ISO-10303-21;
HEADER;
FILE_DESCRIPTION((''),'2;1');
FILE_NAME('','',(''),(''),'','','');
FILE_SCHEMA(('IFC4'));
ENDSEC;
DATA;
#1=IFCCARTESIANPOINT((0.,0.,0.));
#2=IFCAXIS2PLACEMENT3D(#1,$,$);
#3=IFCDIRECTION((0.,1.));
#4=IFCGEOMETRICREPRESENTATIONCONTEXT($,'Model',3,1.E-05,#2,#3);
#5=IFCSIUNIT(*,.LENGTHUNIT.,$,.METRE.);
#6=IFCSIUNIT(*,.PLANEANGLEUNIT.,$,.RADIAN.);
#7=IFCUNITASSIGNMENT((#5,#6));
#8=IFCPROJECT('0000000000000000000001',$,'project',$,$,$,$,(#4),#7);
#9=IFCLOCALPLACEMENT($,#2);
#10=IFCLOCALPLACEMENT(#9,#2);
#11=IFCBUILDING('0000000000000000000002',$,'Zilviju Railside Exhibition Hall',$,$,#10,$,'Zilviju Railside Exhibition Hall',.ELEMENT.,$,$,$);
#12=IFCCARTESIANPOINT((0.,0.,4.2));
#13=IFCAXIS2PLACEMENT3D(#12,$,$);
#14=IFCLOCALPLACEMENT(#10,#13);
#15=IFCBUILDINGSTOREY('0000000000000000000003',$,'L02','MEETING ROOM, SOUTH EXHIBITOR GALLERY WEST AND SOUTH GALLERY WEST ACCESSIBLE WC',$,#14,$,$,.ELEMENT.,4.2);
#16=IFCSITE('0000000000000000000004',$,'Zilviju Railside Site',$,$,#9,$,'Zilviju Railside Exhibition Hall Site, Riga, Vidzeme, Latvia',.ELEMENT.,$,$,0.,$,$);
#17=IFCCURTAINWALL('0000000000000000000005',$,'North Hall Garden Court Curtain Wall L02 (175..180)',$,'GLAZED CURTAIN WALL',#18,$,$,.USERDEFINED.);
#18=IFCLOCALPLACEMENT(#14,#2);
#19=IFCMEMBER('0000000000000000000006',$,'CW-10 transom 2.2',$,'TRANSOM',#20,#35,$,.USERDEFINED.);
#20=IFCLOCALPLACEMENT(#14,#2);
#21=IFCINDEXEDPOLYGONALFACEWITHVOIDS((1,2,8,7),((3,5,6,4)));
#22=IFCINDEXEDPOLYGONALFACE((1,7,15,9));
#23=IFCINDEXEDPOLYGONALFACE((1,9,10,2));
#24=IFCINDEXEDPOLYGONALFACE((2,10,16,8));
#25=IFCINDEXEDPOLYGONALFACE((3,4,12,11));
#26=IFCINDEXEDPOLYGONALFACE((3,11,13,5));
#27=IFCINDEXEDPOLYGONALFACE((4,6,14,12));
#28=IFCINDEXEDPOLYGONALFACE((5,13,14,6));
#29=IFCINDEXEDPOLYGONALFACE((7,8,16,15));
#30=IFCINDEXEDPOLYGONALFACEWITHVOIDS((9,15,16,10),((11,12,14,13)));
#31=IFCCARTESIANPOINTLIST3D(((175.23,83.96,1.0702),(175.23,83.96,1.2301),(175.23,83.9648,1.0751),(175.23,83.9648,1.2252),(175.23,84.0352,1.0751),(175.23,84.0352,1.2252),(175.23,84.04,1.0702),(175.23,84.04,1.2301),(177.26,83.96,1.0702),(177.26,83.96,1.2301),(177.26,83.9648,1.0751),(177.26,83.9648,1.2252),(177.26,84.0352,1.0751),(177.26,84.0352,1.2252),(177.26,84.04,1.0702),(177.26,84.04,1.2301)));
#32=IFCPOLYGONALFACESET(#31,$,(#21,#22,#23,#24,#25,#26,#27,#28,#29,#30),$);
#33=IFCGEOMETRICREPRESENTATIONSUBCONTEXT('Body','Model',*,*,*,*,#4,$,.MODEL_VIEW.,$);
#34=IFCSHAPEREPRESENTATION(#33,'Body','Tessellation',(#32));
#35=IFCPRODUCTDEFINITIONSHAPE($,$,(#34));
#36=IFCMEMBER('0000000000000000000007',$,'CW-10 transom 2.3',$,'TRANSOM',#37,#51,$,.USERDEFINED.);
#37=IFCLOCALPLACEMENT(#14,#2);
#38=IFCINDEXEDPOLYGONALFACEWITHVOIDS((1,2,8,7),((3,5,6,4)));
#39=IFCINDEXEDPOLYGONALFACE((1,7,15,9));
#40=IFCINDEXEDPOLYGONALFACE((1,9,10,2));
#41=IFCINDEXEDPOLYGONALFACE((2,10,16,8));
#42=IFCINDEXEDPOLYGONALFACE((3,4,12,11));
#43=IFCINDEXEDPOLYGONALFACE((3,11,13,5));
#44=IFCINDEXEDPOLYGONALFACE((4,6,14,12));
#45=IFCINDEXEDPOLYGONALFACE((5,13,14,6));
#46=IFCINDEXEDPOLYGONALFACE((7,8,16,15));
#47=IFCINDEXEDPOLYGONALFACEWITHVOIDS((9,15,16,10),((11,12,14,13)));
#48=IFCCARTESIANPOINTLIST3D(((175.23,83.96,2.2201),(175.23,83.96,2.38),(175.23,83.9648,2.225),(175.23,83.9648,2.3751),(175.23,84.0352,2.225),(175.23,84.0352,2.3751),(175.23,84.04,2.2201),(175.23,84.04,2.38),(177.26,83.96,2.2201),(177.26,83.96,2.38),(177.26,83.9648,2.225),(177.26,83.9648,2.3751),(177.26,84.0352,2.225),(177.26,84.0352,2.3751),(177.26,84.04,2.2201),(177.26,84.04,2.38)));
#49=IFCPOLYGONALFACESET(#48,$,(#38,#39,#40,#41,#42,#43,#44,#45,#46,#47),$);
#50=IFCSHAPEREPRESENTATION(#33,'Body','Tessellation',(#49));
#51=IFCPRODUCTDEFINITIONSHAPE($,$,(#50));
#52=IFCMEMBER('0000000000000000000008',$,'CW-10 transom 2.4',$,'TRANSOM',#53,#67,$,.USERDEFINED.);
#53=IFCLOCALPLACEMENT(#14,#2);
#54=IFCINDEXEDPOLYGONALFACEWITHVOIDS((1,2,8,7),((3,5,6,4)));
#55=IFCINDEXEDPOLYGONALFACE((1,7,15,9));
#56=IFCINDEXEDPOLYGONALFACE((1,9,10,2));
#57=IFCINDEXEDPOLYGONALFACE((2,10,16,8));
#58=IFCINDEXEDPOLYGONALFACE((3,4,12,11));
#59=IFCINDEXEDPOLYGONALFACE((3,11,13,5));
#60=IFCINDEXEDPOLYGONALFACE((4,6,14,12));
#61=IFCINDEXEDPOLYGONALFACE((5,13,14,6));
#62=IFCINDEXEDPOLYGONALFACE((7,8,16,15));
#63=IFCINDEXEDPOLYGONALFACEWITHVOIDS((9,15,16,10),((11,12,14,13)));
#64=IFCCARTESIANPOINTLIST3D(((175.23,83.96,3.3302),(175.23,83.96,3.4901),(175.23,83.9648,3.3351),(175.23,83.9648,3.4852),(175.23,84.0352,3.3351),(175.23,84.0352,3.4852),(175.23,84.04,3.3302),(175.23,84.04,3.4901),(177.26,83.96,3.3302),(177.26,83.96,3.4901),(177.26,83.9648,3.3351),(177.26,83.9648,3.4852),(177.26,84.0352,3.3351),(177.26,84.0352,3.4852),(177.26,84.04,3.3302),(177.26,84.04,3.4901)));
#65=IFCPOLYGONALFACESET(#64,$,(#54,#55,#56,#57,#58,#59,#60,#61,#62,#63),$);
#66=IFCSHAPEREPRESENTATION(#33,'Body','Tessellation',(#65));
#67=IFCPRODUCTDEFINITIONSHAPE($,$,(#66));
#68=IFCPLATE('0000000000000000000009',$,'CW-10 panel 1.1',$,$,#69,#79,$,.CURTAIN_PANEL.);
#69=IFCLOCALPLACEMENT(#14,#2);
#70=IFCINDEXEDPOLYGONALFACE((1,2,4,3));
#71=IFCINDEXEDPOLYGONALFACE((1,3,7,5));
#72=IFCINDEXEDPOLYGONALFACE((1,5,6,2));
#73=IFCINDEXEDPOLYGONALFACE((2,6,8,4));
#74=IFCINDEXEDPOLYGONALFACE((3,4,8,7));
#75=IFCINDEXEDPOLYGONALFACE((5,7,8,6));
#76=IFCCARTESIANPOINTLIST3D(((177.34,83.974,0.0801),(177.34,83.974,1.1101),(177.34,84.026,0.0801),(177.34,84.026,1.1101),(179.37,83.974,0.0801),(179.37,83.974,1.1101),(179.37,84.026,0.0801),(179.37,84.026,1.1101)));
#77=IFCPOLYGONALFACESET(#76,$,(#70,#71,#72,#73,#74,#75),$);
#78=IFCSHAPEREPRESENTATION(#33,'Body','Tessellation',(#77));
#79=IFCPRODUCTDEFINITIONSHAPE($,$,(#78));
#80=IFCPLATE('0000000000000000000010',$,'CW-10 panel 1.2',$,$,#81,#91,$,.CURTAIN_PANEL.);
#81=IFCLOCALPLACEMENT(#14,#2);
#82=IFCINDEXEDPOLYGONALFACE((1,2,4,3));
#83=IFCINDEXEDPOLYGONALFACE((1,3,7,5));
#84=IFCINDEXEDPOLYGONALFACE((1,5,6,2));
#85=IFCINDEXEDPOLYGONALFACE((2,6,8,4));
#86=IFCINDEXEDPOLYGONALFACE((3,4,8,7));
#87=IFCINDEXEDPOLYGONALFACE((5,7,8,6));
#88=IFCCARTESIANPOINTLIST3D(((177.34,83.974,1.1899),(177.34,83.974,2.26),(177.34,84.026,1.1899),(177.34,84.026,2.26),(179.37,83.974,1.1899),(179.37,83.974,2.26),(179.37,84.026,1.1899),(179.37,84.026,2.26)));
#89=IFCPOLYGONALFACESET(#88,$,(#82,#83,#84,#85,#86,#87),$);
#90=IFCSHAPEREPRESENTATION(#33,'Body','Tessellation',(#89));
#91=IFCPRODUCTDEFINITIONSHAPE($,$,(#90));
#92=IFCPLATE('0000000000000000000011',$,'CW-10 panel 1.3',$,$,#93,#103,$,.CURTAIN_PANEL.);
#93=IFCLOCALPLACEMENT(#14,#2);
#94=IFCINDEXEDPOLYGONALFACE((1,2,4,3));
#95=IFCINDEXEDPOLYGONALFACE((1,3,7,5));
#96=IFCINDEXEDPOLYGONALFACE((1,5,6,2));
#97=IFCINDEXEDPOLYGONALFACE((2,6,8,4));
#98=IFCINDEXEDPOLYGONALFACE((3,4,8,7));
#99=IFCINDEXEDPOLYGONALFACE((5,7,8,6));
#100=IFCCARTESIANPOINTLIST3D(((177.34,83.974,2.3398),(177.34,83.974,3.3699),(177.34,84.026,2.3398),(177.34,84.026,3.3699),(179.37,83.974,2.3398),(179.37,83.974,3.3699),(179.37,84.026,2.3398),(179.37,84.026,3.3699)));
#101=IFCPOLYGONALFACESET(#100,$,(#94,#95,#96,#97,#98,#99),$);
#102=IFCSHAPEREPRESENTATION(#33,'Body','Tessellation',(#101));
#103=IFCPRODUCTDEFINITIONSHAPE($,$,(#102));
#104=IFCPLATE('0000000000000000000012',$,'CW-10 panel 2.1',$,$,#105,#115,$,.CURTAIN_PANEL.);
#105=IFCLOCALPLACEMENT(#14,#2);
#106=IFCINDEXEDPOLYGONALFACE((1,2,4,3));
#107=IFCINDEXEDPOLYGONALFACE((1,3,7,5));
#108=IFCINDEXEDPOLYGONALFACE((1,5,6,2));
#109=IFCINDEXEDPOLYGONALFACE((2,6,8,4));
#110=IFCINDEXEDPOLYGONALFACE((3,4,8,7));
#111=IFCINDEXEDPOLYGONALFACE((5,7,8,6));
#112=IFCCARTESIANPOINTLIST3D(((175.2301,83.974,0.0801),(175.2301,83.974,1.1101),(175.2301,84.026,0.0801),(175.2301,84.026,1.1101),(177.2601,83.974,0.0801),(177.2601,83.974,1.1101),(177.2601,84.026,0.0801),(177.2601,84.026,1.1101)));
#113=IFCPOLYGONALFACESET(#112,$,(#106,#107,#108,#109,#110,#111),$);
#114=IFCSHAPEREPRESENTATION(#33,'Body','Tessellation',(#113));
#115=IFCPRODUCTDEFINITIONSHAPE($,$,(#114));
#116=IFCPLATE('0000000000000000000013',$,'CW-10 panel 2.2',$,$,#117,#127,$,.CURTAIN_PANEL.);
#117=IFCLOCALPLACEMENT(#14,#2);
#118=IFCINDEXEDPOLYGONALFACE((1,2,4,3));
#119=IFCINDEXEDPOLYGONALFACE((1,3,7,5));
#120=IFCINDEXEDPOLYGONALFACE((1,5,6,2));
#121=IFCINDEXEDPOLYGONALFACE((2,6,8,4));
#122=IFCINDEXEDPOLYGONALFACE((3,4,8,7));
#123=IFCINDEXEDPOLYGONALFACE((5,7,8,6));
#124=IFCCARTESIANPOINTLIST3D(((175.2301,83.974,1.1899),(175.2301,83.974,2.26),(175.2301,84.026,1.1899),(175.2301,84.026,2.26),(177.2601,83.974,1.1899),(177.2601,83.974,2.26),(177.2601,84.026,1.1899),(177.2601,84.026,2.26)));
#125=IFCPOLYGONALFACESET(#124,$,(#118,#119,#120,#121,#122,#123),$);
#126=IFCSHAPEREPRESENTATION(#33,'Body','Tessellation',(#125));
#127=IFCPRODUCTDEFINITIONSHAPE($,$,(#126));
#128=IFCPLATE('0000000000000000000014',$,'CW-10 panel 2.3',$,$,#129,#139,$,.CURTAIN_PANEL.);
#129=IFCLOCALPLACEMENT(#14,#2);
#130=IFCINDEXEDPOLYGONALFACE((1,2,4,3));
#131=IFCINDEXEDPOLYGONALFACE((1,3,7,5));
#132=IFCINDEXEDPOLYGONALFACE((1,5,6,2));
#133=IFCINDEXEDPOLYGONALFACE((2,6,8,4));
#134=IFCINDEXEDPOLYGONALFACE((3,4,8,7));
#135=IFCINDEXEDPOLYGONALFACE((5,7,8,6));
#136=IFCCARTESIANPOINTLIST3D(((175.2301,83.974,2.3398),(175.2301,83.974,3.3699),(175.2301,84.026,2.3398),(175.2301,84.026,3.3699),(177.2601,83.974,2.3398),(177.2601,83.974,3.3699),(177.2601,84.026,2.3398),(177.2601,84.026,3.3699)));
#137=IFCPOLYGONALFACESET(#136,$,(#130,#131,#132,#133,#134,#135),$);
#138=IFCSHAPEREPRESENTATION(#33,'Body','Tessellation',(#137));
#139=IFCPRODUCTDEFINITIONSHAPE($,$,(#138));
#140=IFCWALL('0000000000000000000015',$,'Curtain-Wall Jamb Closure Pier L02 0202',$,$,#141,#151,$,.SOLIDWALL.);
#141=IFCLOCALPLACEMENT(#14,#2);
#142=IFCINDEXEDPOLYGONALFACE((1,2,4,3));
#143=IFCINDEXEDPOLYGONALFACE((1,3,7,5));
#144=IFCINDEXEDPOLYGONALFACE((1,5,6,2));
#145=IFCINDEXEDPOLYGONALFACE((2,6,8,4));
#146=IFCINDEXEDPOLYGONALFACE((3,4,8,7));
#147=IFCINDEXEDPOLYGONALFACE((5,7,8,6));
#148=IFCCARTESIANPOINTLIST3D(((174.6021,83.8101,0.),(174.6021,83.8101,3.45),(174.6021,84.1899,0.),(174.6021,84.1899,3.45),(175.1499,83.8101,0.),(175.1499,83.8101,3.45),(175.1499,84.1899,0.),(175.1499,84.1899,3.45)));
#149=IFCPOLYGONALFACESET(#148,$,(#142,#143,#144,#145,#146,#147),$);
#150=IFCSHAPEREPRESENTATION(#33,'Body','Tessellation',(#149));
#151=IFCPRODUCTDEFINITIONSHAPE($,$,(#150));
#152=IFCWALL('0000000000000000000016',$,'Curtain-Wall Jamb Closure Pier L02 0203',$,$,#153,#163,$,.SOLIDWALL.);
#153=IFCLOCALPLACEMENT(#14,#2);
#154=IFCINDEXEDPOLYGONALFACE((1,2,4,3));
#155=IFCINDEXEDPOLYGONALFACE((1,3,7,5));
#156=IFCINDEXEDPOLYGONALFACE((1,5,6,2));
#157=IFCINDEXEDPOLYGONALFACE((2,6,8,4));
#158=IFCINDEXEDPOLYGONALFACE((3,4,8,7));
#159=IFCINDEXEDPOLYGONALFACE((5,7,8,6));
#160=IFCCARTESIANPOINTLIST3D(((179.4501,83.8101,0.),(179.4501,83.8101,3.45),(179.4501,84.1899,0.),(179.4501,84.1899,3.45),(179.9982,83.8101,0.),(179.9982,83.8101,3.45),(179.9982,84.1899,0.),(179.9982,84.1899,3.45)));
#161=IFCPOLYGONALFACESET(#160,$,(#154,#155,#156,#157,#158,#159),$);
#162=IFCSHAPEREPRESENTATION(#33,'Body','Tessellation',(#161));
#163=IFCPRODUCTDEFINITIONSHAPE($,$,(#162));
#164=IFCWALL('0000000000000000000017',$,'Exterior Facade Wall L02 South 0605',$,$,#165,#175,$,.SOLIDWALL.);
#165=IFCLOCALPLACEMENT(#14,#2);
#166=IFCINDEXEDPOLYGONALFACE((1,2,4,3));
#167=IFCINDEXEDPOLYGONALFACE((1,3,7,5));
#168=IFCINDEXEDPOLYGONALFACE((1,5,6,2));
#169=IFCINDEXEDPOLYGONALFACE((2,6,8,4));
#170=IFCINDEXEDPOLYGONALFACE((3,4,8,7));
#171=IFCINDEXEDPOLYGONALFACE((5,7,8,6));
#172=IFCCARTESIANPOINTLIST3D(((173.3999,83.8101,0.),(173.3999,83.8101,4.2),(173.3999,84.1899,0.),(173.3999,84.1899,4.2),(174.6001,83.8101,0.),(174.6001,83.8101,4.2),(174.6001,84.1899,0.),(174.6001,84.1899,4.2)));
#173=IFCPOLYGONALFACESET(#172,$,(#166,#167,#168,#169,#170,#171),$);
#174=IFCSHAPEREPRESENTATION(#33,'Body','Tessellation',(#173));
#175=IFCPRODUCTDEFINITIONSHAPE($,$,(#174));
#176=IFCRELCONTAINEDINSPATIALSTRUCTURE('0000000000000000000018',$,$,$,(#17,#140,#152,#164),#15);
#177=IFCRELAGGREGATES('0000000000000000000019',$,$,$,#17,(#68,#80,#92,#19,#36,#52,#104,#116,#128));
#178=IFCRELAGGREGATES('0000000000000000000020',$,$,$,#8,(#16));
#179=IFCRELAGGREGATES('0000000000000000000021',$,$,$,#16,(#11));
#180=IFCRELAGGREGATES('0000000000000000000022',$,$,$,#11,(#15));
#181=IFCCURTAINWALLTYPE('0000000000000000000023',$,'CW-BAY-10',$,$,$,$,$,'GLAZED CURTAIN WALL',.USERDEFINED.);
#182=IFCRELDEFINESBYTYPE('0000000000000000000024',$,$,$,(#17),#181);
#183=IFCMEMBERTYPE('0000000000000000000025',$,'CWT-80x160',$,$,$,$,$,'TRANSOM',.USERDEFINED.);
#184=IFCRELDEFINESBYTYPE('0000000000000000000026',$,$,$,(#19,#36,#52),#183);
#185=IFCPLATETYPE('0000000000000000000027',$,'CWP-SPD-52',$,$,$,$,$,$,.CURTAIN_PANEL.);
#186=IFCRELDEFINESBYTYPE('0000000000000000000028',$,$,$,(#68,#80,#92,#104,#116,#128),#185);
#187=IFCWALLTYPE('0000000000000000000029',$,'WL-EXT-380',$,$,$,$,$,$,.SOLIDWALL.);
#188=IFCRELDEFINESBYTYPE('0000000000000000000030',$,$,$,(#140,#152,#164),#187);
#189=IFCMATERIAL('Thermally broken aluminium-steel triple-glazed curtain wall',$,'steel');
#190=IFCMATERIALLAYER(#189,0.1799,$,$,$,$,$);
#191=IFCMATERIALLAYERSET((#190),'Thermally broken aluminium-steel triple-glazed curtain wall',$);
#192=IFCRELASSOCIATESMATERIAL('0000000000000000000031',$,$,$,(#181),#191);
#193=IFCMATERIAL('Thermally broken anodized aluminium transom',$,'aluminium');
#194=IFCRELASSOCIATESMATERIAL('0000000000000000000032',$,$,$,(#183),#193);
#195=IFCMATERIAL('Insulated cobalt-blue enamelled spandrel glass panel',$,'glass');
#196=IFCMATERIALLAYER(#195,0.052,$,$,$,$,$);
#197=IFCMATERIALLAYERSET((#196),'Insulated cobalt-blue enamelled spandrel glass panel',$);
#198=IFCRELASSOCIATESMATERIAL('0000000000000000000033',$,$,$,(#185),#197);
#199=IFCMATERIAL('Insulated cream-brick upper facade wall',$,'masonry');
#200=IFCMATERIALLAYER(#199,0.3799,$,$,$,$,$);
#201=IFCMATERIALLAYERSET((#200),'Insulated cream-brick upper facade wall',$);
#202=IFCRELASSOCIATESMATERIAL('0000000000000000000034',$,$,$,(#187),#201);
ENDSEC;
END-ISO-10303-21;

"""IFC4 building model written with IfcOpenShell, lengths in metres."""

from ifc_helpers import new_model, si_unit, direction, frame, frame_2d, origin, origin_2d, place, context, subcontext, project, spatial, rectangle, hollow_rectangle, extrude, material, layer, layer_set, material_profile, profile_set, type_object, element, aggregate, save


model = new_model("IFC4")

# Units and contexts
model_context = context("Model", 3, precision=1e-05, world=origin(), true_north=direction((0.0, 1.0)))
body_context = subcontext(model_context, "Body", "Model", "MODEL_VIEW")
ifc_project = project(units=[si_unit("LENGTHUNIT", "METRE"), si_unit("PLANEANGLEUNIT", "RADIAN")], contexts=[model_context])

# Site, building, storey
site_placement = place(None, origin())
site = spatial("IfcSite", under=ifc_project, at=site_placement, Name="Zilviju Railside Site", LongName="Zilviju Railside Exhibition Hall Site, Riga, Vidzeme, Latvia", CompositionType="ELEMENT", RefElevation=0.0)
building_placement = place(site_placement, origin())
building = spatial("IfcBuilding", under=site, at=building_placement, Name="Zilviju Railside Exhibition Hall", LongName="Zilviju Railside Exhibition Hall", CompositionType="ELEMENT")
storey_placement = place(building_placement, frame((0.0, 0.0, 4.2)))
storey = spatial("IfcBuildingStorey", under=building, at=storey_placement, Name="L02", Description="MEETING ROOM, SOUTH EXHIBITOR GALLERY WEST AND SOUTH GALLERY WEST ACCESSIBLE WC", CompositionType="ELEMENT", Elevation=4.2)

# Curtain wall, members, plates
ifc_material_1 = material(Name="Thermally broken aluminium-steel triple-glazed curtain wall", Category="steel")
ifc_layer_1 = layer(ifc_material_1, 0.1799)
ifc_layer_set_1 = layer_set([ifc_layer_1], Name="Thermally broken aluminium-steel triple-glazed curtain wall")
curtain_wall_type = type_object("IfcCurtainWallType", Name="CW-BAY-10", ElementType="GLAZED CURTAIN WALL", PredefinedType="USERDEFINED", material=ifc_layer_set_1)
curtain_wall_placement = place(storey_placement, origin())
curtain_wall = element("IfcCurtainWall", 1, at=curtain_wall_placement, inside=storey, type_object=curtain_wall_type, Name="North Hall Garden Court Curtain Wall L02 (175..180)", ObjectType="GLAZED CURTAIN WALL", PredefinedType="USERDEFINED")
ifc_material_2 = material(Name="Thermally broken anodized aluminium transom", Category="aluminium")
ifc_material_profile_1 = material_profile(ifc_material_2, hollow_rectangle(XDim=0.0801, YDim=0.1599, WallThickness=0.0049, at=origin_2d()), Name="TRANSOM 160x80x5")
ifc_profile_set_1 = profile_set([ifc_material_profile_1], Name="Thermally broken anodized aluminium transom")
member_type_1 = type_object("IfcMemberType", Name="CWT-80x160", ElementType="TRANSOM", PredefinedType="USERDEFINED", material=ifc_profile_set_1)
member_1_placement = place(storey_placement, frame((177.26, 84.0, 1.1501), z_axis=(-1.0, 0.0, 0.0), x_axis=(0.0, -1.0, 0.0)))
member_1 = element("IfcMember", 2, at=member_1_placement, type_object=member_type_1, Name="CW-10 transom 2.2", ObjectType="TRANSOM", PredefinedType="USERDEFINED", context=body_context, shape_type="SweptSolid", body=[
    extrude(hollow_rectangle(XDim=0.0801, YDim=0.1599, WallThickness=0.0049, at=origin_2d()), origin(), (0.0, 0.0, 1.0), 2.03),
])
member_2_placement = place(storey_placement, frame((177.26, 84.0, 2.3), z_axis=(-1.0, 0.0, 0.0), x_axis=(0.0, -1.0, 0.0)))
member_2 = element("IfcMember", 3, at=member_2_placement, type_object=member_type_1, Name="CW-10 transom 2.3", ObjectType="TRANSOM", PredefinedType="USERDEFINED", context=body_context, shape_type="SweptSolid", body=[
    extrude(hollow_rectangle(XDim=0.0801, YDim=0.1599, WallThickness=0.0049, at=origin_2d()), origin(), (0.0, 0.0, 1.0), 2.03),
])
member_3_placement = place(storey_placement, frame((177.26, 84.0, 3.4102), z_axis=(-1.0, 0.0, 0.0), x_axis=(0.0, -1.0, 0.0)))
member_3 = element("IfcMember", 4, at=member_3_placement, type_object=member_type_1, Name="CW-10 transom 2.4", ObjectType="TRANSOM", PredefinedType="USERDEFINED", context=body_context, shape_type="SweptSolid", body=[
    extrude(hollow_rectangle(XDim=0.0801, YDim=0.1599, WallThickness=0.0049, at=origin_2d()), origin(), (0.0, 0.0, 1.0), 2.03),
])
ifc_material_3 = material(Name="Insulated cobalt-blue enamelled spandrel glass panel", Category="glass")
ifc_layer_2 = layer(ifc_material_3, 0.052)
ifc_layer_set_2 = layer_set([ifc_layer_2], Name="Insulated cobalt-blue enamelled spandrel glass panel")
plate_type = type_object("IfcPlateType", Name="CWP-SPD-52", PredefinedType="CURTAIN_PANEL", material=ifc_layer_set_2)
plate_1_placement = place(storey_placement, frame((178.355, 84.0, 0.0801), z_axis=(0.0, 0.0, 1.0), x_axis=(-1.0, 0.0, 0.0)))
plate_1 = element("IfcPlate", 5, at=plate_1_placement, type_object=plate_type, Name="CW-10 panel 1.1", PredefinedType="CURTAIN_PANEL", context=body_context, shape_type="SweptSolid", body=[
    extrude(rectangle(XDim=2.03, YDim=0.052, at=origin_2d()), origin(), (0.0, 0.0, 1.0), 1.03),
])
plate_2_placement = place(storey_placement, frame((178.355, 84.0, 1.1899), z_axis=(0.0, 0.0, 1.0), x_axis=(-1.0, 0.0, 0.0)))
plate_2 = element("IfcPlate", 6, at=plate_2_placement, type_object=plate_type, Name="CW-10 panel 1.2", PredefinedType="CURTAIN_PANEL", context=body_context, shape_type="SweptSolid", body=[
    extrude(rectangle(XDim=2.03, YDim=0.052, at=origin_2d()), origin(), (0.0, 0.0, 1.0), 1.0701),
])
plate_3_placement = place(storey_placement, frame((178.355, 84.0, 2.3398), z_axis=(0.0, 0.0, 1.0), x_axis=(-1.0, 0.0, 0.0)))
plate_3 = element("IfcPlate", 7, at=plate_3_placement, type_object=plate_type, Name="CW-10 panel 1.3", PredefinedType="CURTAIN_PANEL", context=body_context, shape_type="SweptSolid", body=[
    extrude(rectangle(XDim=2.03, YDim=0.052, at=origin_2d()), origin(), (0.0, 0.0, 1.0), 1.03),
])
plate_4_placement = place(storey_placement, frame((176.2451, 84.0, 0.0801), z_axis=(0.0, 0.0, 1.0), x_axis=(-1.0, 0.0, 0.0)))
plate_4 = element("IfcPlate", 8, at=plate_4_placement, type_object=plate_type, Name="CW-10 panel 2.1", PredefinedType="CURTAIN_PANEL", context=body_context, shape_type="SweptSolid", body=[
    extrude(rectangle(XDim=2.03, YDim=0.052, at=origin_2d()), origin(), (0.0, 0.0, 1.0), 1.03),
])
plate_5_placement = place(storey_placement, frame((176.2451, 84.0, 1.1899), z_axis=(0.0, 0.0, 1.0), x_axis=(-1.0, 0.0, 0.0)))
plate_5 = element("IfcPlate", 9, at=plate_5_placement, type_object=plate_type, Name="CW-10 panel 2.2", PredefinedType="CURTAIN_PANEL", context=body_context, shape_type="SweptSolid", body=[
    extrude(rectangle(XDim=2.03, YDim=0.052, at=origin_2d()), origin(), (0.0, 0.0, 1.0), 1.0701),
])
plate_6_placement = place(storey_placement, frame((176.2451, 84.0, 2.3398), z_axis=(0.0, 0.0, 1.0), x_axis=(-1.0, 0.0, 0.0)))
plate_6 = element("IfcPlate", 10, at=plate_6_placement, type_object=plate_type, Name="CW-10 panel 2.3", PredefinedType="CURTAIN_PANEL", context=body_context, shape_type="SweptSolid", body=[
    extrude(rectangle(XDim=2.03, YDim=0.052, at=origin_2d()), origin(), (0.0, 0.0, 1.0), 1.03),
])
aggregate(curtain_wall, [plate_1, plate_2, plate_3, member_1, member_2, member_3, plate_4, plate_5, plate_6])

# Walls
ifc_material_4 = material(Name="Insulated cream-brick upper facade wall", Category="masonry")
ifc_layer_3 = layer(ifc_material_4, 0.3799)
ifc_layer_set_3 = layer_set([ifc_layer_3], Name="Insulated cream-brick upper facade wall")
wall_type = type_object("IfcWallType", Name="WL-EXT-380", PredefinedType="SOLIDWALL", material=ifc_layer_set_3)
wall_1_placement = place(storey_placement, frame((175.1499, 84.0, 0.0), z_axis=(0.0, 0.0, 1.0), x_axis=(-1.0, 0.0, 0.0)))
element("IfcWall", 11, at=wall_1_placement, inside=storey, type_object=wall_type, Name="Curtain-Wall Jamb Closure Pier L02 0202", PredefinedType="SOLIDWALL", context=body_context, shape_type="SweptSolid", body=[
    extrude(rectangle(XDim=0.5479, YDim=0.3799, at=frame_2d((0.2739, 0.0))), origin(), (0.0, 0.0, 1.0), 3.45),
])
wall_2_placement = place(storey_placement, frame((179.998, 84.0, 0.0), z_axis=(0.0, 0.0, 1.0), x_axis=(-1.0, 0.0, 0.0)))
element("IfcWall", 12, at=wall_2_placement, inside=storey, type_object=wall_type, Name="Curtain-Wall Jamb Closure Pier L02 0203", PredefinedType="SOLIDWALL", context=body_context, shape_type="SweptSolid", body=[
    extrude(rectangle(XDim=0.5481, YDim=0.3799, at=frame_2d((0.2739, 0.0))), origin(), (0.0, 0.0, 1.0), 3.45),
])
wall_3_placement = place(storey_placement, frame((174.6001, 84.0, 0.0), z_axis=(0.0, 0.0, 1.0), x_axis=(-1.0, 0.0, 0.0)))
element("IfcWall", 13, at=wall_3_placement, inside=storey, type_object=wall_type, Name="Exterior Facade Wall L02 South 0605", PredefinedType="SOLIDWALL", context=body_context, shape_type="SweptSolid", body=[
    extrude(rectangle(XDim=1.2002, YDim=0.3799, at=frame_2d((0.6001, 0.0))), origin(), (0.0, 0.0, 1.0), 4.2),
])

save(model, "model.ifc")
